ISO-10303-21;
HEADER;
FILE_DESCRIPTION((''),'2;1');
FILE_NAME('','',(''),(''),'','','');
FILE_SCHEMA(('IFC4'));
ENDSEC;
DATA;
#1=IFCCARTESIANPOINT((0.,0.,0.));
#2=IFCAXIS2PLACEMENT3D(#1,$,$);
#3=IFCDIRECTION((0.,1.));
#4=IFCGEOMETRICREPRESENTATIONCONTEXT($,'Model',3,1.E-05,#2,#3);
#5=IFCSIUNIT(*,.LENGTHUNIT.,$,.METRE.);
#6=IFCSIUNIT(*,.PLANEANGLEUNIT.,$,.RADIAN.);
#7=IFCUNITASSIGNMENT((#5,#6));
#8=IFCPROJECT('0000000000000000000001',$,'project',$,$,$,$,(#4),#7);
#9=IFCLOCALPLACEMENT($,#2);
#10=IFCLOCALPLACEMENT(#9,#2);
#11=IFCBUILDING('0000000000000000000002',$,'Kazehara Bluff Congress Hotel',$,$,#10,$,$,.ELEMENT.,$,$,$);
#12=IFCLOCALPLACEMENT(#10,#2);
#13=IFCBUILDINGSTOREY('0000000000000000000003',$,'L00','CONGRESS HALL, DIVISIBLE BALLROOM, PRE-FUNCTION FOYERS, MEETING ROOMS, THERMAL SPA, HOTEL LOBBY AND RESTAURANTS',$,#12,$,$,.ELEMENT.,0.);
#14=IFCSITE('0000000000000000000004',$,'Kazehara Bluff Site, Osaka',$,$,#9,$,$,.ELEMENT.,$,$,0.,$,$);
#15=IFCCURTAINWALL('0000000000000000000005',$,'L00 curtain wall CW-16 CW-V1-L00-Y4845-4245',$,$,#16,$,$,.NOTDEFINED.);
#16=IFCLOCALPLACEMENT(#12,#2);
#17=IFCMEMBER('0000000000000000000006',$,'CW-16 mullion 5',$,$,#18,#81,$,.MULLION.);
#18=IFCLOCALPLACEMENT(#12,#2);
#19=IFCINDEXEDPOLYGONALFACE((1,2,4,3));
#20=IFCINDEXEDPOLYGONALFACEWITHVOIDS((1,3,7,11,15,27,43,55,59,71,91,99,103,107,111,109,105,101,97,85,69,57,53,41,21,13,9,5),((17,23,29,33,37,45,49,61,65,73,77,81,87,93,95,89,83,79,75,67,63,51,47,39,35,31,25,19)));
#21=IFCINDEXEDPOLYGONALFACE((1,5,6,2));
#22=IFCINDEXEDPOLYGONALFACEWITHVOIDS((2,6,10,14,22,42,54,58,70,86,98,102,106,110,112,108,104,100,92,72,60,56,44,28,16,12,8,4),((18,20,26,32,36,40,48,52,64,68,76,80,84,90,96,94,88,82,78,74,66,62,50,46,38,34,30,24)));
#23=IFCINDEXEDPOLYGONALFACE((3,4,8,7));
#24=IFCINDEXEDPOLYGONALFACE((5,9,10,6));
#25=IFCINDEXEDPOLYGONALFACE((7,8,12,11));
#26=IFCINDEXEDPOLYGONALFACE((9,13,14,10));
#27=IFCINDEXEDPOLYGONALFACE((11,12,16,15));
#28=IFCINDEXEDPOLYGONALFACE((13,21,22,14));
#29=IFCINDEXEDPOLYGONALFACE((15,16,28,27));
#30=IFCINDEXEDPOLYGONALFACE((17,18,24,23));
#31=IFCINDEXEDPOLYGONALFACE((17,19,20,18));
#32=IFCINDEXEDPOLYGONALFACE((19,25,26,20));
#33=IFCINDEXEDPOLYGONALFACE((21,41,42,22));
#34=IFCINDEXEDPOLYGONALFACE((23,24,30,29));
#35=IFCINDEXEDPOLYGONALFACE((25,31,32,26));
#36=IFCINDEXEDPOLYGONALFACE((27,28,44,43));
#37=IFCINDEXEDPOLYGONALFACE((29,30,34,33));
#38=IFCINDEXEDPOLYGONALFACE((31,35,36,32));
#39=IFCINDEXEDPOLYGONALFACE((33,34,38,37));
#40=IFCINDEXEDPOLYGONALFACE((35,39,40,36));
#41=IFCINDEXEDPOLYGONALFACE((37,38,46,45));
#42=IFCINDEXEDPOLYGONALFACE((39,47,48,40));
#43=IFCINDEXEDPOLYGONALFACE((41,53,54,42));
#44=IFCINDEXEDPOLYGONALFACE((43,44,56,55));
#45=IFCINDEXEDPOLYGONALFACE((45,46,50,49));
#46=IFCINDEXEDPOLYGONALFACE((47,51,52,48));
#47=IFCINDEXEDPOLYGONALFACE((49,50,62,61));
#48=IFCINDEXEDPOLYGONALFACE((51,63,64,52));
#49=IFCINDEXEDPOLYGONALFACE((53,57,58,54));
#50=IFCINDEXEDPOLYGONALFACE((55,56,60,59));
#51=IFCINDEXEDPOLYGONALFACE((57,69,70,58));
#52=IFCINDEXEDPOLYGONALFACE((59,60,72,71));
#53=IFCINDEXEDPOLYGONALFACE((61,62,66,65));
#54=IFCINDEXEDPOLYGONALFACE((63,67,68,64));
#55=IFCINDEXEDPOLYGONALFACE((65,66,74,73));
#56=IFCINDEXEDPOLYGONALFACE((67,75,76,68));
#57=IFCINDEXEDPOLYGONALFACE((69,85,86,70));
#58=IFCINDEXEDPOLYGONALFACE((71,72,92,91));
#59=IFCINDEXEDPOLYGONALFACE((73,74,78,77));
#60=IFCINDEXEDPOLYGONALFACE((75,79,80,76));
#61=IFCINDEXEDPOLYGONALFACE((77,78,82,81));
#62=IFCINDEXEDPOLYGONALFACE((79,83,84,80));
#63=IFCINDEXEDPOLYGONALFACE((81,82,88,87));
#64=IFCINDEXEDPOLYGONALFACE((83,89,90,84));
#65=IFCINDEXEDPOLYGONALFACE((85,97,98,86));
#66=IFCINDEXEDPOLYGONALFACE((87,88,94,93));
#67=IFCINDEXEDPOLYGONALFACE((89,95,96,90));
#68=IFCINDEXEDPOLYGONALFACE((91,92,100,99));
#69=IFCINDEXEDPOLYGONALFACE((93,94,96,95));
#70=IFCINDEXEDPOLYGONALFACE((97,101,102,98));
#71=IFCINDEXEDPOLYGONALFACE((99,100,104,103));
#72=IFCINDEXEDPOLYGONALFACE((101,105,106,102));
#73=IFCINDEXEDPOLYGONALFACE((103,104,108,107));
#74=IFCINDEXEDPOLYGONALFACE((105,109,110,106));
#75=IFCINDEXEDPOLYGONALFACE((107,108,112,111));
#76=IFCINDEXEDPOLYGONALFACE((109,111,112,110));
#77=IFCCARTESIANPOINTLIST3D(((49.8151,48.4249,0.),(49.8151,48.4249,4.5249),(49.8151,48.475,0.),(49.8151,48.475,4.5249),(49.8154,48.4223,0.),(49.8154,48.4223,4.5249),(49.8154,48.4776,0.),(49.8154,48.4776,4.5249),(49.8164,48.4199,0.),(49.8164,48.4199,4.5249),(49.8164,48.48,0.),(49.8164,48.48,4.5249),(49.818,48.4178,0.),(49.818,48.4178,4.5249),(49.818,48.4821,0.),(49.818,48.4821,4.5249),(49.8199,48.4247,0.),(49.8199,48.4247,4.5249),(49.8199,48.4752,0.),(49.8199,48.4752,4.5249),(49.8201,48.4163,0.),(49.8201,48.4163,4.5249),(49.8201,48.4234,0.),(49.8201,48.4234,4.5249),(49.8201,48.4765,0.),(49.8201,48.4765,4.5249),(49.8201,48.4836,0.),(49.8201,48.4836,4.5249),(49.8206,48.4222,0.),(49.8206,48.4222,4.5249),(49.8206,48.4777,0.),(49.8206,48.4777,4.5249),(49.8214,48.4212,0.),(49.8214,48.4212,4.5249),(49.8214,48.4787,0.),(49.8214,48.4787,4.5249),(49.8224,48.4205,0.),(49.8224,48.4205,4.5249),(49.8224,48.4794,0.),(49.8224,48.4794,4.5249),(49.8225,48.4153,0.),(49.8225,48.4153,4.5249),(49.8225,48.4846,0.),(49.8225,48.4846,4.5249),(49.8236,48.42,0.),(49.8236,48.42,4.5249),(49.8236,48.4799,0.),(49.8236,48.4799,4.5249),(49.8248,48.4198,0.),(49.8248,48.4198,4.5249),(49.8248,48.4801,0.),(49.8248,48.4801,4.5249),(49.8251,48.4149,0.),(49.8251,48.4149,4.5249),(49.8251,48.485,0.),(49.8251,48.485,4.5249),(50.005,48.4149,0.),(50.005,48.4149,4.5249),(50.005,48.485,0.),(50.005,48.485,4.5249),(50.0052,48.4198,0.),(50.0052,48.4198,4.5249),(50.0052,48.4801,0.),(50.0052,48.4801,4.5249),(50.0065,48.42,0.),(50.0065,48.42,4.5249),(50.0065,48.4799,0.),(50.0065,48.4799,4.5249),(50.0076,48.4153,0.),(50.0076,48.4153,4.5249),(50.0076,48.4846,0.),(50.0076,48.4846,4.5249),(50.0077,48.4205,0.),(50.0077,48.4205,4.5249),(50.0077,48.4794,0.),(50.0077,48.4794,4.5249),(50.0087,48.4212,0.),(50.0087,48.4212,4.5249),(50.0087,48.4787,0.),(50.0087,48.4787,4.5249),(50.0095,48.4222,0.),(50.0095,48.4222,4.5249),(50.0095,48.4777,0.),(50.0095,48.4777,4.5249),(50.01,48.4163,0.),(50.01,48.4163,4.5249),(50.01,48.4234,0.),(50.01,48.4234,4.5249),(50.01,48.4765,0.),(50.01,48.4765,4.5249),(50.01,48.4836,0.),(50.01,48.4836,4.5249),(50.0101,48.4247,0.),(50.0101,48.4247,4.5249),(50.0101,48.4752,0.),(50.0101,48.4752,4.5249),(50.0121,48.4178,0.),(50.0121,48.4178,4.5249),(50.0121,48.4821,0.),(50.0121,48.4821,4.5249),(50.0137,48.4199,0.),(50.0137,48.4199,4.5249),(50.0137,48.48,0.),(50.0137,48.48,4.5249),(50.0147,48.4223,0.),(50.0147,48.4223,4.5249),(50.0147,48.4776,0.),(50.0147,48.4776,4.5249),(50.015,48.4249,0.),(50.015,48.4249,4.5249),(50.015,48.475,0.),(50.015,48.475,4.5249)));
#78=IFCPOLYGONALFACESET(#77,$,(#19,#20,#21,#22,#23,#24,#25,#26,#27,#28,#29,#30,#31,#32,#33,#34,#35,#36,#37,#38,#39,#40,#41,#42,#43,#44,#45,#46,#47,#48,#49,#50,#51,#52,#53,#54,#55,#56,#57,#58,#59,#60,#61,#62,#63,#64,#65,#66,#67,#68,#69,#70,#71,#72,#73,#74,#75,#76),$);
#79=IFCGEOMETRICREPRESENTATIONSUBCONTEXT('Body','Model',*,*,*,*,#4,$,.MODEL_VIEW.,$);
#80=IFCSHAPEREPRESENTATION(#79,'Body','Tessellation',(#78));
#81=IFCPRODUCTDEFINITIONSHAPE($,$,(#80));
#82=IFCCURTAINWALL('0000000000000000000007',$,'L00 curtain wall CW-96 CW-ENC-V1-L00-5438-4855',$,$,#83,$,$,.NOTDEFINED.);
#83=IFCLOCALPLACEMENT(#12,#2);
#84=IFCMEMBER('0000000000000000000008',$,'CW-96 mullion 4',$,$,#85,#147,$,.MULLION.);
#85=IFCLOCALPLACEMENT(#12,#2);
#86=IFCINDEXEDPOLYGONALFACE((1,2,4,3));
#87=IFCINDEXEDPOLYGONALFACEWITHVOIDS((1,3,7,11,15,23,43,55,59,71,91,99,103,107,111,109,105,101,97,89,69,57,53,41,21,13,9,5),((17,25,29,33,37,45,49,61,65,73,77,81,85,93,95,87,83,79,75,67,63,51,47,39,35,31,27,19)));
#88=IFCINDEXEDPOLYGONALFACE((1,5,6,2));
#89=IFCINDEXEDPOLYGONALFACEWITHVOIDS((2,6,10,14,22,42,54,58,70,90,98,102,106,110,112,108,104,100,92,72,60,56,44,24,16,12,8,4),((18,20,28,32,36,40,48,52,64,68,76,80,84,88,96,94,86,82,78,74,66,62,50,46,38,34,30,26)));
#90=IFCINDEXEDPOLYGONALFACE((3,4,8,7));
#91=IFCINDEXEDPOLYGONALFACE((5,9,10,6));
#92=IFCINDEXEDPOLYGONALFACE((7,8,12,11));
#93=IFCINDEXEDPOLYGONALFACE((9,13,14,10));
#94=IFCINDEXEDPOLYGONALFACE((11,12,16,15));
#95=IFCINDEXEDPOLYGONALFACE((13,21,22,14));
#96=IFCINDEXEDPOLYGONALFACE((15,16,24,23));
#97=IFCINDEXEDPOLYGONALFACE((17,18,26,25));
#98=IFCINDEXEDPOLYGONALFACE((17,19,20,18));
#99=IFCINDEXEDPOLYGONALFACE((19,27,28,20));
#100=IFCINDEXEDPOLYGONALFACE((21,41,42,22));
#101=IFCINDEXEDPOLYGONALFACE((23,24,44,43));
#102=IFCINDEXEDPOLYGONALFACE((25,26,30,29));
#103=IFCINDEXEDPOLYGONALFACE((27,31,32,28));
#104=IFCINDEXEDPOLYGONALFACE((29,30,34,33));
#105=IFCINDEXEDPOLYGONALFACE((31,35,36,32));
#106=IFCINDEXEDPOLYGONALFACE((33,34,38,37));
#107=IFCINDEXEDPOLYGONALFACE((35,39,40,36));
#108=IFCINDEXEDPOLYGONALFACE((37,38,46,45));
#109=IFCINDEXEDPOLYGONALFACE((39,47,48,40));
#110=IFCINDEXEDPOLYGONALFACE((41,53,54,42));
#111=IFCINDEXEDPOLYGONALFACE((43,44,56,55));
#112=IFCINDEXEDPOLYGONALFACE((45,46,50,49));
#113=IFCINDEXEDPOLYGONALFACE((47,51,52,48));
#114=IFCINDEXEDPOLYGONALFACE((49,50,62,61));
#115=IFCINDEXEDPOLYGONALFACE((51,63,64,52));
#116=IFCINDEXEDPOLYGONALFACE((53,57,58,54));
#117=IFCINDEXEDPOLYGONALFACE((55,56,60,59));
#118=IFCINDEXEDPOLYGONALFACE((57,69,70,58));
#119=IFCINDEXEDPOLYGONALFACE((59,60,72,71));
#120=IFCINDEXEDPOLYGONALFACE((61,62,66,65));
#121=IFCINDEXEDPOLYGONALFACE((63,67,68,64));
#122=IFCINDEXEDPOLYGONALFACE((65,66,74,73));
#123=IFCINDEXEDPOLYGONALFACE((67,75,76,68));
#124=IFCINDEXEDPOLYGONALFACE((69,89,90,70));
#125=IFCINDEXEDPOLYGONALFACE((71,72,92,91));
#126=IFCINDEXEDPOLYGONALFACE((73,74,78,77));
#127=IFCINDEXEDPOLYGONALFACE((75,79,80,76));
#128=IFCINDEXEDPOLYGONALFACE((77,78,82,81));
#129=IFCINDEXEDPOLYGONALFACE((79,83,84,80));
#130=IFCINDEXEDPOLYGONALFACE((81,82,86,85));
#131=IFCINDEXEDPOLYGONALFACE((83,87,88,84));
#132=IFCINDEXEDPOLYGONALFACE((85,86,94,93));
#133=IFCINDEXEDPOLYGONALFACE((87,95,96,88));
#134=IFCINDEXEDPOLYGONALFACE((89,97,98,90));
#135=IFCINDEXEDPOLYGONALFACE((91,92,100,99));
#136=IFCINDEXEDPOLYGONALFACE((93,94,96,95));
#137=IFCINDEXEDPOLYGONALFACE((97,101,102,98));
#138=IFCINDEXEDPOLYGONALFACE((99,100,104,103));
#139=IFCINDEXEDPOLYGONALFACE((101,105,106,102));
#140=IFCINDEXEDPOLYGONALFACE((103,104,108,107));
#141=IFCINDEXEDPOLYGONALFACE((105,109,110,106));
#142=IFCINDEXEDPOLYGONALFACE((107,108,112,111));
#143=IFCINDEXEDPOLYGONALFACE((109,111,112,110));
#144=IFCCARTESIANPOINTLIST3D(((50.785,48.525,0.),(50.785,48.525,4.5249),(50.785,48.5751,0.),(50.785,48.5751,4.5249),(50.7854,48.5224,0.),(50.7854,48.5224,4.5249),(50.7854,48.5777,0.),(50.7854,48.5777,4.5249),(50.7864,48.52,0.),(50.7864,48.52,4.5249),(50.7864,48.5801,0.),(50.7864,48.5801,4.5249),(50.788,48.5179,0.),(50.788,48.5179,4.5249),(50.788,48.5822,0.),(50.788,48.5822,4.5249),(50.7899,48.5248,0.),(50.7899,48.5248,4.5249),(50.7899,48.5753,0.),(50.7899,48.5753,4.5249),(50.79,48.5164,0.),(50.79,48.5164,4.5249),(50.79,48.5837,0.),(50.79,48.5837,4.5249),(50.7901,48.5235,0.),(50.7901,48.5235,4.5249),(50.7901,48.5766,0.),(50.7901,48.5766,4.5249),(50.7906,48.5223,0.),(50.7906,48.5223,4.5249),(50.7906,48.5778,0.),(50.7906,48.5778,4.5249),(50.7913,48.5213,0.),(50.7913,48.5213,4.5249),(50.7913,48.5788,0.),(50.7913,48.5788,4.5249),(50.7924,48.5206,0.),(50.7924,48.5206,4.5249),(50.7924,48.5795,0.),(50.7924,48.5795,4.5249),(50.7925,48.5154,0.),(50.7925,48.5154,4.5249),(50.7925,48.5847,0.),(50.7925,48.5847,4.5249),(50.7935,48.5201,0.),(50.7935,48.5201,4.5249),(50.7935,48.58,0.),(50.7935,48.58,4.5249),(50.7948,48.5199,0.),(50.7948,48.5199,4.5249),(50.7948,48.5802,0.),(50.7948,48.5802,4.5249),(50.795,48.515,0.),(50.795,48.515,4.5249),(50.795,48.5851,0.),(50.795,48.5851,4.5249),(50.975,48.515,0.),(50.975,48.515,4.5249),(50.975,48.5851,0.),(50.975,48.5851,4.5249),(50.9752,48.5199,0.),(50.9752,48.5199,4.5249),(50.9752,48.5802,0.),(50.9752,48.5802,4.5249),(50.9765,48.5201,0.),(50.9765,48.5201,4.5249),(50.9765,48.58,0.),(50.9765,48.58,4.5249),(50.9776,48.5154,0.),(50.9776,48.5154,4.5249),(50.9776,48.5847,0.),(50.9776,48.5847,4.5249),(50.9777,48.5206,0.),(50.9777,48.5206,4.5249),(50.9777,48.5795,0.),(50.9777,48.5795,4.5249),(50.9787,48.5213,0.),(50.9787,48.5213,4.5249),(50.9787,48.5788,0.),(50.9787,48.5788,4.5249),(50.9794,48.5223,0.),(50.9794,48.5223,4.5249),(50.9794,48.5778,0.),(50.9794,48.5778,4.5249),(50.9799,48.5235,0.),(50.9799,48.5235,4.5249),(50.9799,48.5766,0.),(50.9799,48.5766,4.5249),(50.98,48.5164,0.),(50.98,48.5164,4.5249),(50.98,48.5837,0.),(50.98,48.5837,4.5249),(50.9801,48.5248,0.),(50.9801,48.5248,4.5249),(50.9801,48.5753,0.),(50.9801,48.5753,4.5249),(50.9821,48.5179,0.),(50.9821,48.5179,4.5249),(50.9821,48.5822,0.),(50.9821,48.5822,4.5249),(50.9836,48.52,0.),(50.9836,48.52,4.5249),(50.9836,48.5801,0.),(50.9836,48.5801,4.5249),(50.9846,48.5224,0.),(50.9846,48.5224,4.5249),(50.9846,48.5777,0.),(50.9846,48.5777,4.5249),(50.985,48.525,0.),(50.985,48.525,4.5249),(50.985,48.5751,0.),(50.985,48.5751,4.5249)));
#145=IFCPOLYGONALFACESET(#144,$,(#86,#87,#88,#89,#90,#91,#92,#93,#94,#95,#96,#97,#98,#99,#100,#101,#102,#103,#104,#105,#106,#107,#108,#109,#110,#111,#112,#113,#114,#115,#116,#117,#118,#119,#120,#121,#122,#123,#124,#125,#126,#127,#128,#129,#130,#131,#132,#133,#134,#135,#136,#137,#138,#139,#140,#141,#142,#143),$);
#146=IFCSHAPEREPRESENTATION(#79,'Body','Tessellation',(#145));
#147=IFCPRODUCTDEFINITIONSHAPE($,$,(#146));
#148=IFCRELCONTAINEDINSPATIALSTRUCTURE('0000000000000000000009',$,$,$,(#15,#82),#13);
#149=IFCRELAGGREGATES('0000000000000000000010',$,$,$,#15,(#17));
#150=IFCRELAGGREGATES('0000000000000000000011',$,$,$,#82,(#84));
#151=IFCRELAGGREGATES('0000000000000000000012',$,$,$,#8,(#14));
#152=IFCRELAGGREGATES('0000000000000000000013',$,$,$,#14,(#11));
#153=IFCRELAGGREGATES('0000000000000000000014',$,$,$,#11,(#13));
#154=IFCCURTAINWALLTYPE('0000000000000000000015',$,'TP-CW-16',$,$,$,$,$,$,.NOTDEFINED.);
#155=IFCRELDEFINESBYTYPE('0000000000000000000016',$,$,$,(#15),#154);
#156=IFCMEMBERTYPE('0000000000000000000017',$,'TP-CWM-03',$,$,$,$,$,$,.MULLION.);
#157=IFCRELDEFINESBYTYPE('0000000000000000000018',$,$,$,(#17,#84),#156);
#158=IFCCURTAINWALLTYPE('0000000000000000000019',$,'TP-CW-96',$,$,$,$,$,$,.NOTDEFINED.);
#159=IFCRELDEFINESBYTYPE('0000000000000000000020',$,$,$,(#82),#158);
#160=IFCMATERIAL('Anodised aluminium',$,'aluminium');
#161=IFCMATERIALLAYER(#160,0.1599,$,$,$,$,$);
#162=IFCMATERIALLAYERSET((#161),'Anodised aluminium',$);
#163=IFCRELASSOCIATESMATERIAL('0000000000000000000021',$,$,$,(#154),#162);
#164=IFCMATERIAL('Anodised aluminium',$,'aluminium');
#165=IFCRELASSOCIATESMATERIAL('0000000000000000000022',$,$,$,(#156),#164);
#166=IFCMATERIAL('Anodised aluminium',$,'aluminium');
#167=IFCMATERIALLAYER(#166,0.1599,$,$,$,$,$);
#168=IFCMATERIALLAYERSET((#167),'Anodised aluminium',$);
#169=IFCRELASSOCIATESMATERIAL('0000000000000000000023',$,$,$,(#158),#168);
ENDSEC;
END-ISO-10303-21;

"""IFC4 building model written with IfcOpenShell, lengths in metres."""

from ifc_helpers import new_model, si_unit, direction, frame, origin, origin_2d, place, context, subcontext, project, spatial, hollow_rectangle, extrude, material, layer, layer_set, material_profile, profile_set, type_object, element, aggregate, save


model = new_model("IFC4")

# Units and contexts
model_context = context("Model", 3, precision=1e-05, world=origin(), true_north=direction((0.0, 1.0)))
body_context = subcontext(model_context, "Body", "Model", "MODEL_VIEW")
ifc_project = project(units=[si_unit("LENGTHUNIT", "METRE"), si_unit("PLANEANGLEUNIT", "RADIAN")], contexts=[model_context])

# Site, building, storey
site_placement = place(None, origin())
site = spatial("IfcSite", under=ifc_project, at=site_placement, Name="Kazehara Bluff Site, Osaka", CompositionType="ELEMENT", RefElevation=0.0)
building_placement = place(site_placement, origin())
building = spatial("IfcBuilding", under=site, at=building_placement, Name="Kazehara Bluff Congress Hotel", CompositionType="ELEMENT")
storey_placement = place(building_placement, origin())
storey = spatial("IfcBuildingStorey", under=building, at=storey_placement, Name="L00", Description="CONGRESS HALL, DIVISIBLE BALLROOM, PRE-FUNCTION FOYERS, MEETING ROOMS, THERMAL SPA, HOTEL LOBBY AND RESTAURANTS", CompositionType="ELEMENT", Elevation=0.0)

# Curtain wall, member
ifc_material_1 = material(Name="Anodised aluminium", Category="aluminium")
ifc_layer_1 = layer(ifc_material_1, 0.1599)
ifc_layer_set_1 = layer_set([ifc_layer_1], Name="Anodised aluminium")
curtain_wall_type_1 = type_object("IfcCurtainWallType", Name="TP-CW-16", PredefinedType="NOTDEFINED", material=ifc_layer_set_1)
curtain_wall_1_placement = place(storey_placement, origin())
curtain_wall_1 = element("IfcCurtainWall", 1, at=curtain_wall_1_placement, inside=storey, type_object=curtain_wall_type_1, Name="L00 curtain wall CW-16 CW-V1-L00-Y4845-4245", PredefinedType="NOTDEFINED")
ifc_material_2 = material(Name="Anodised aluminium", Category="aluminium")
ifc_material_profile_1 = material_profile(ifc_material_2, hollow_rectangle(XDim=0.0701, YDim=0.2, WallThickness=0.0049, InnerFilletRadius=0.0049, OuterFilletRadius=0.01, at=origin_2d()))
ifc_profile_set_1 = profile_set([ifc_material_profile_1], Name="Anodised aluminium")
member_type_1 = type_object("IfcMemberType", Name="TP-CWM-03", PredefinedType="MULLION", material=ifc_profile_set_1)
member_1_placement = place(storey_placement, frame((49.915, 48.45, 0.0), z_axis=(0.0, 0.0, 1.0), x_axis=(0.0, 1.0, 0.0)))
member_1 = element("IfcMember", 2, at=member_1_placement, type_object=member_type_1, Name="CW-16 mullion 5", PredefinedType="MULLION", context=body_context, shape_type="SweptSolid", body=[
    extrude(hollow_rectangle(XDim=0.0701, YDim=0.2, WallThickness=0.0049, InnerFilletRadius=0.0049, OuterFilletRadius=0.01, at=origin_2d()), origin(), (0.0, 0.0, 1.0), 4.5249),
])

# Curtain wall, member
ifc_material_3 = material(Name="Anodised aluminium", Category="aluminium")
ifc_layer_2 = layer(ifc_material_3, 0.1599)
ifc_layer_set_2 = layer_set([ifc_layer_2], Name="Anodised aluminium")
curtain_wall_type_2 = type_object("IfcCurtainWallType", Name="TP-CW-96", PredefinedType="NOTDEFINED", material=ifc_layer_set_2)
curtain_wall_2_placement = place(storey_placement, origin())
curtain_wall_2 = element("IfcCurtainWall", 3, at=curtain_wall_2_placement, inside=storey, type_object=curtain_wall_type_2, Name="L00 curtain wall CW-96 CW-ENC-V1-L00-5438-4855", PredefinedType="NOTDEFINED")
member_2_placement = place(storey_placement, frame((50.885, 48.55, 0.0), z_axis=(0.0, 0.0, 1.0), x_axis=(0.0, -1.0, 0.0)))
member_2 = element("IfcMember", 4, at=member_2_placement, type_object=member_type_1, Name="CW-96 mullion 4", PredefinedType="MULLION", context=body_context, shape_type="SweptSolid", body=[
    extrude(hollow_rectangle(XDim=0.0701, YDim=0.2, WallThickness=0.0049, InnerFilletRadius=0.0049, OuterFilletRadius=0.01, at=origin_2d()), origin(), (0.0, 0.0, 1.0), 4.5249),
])

aggregate(curtain_wall_1, [member_1])
aggregate(curtain_wall_2, [member_2])

save(model, "model.ifc")
